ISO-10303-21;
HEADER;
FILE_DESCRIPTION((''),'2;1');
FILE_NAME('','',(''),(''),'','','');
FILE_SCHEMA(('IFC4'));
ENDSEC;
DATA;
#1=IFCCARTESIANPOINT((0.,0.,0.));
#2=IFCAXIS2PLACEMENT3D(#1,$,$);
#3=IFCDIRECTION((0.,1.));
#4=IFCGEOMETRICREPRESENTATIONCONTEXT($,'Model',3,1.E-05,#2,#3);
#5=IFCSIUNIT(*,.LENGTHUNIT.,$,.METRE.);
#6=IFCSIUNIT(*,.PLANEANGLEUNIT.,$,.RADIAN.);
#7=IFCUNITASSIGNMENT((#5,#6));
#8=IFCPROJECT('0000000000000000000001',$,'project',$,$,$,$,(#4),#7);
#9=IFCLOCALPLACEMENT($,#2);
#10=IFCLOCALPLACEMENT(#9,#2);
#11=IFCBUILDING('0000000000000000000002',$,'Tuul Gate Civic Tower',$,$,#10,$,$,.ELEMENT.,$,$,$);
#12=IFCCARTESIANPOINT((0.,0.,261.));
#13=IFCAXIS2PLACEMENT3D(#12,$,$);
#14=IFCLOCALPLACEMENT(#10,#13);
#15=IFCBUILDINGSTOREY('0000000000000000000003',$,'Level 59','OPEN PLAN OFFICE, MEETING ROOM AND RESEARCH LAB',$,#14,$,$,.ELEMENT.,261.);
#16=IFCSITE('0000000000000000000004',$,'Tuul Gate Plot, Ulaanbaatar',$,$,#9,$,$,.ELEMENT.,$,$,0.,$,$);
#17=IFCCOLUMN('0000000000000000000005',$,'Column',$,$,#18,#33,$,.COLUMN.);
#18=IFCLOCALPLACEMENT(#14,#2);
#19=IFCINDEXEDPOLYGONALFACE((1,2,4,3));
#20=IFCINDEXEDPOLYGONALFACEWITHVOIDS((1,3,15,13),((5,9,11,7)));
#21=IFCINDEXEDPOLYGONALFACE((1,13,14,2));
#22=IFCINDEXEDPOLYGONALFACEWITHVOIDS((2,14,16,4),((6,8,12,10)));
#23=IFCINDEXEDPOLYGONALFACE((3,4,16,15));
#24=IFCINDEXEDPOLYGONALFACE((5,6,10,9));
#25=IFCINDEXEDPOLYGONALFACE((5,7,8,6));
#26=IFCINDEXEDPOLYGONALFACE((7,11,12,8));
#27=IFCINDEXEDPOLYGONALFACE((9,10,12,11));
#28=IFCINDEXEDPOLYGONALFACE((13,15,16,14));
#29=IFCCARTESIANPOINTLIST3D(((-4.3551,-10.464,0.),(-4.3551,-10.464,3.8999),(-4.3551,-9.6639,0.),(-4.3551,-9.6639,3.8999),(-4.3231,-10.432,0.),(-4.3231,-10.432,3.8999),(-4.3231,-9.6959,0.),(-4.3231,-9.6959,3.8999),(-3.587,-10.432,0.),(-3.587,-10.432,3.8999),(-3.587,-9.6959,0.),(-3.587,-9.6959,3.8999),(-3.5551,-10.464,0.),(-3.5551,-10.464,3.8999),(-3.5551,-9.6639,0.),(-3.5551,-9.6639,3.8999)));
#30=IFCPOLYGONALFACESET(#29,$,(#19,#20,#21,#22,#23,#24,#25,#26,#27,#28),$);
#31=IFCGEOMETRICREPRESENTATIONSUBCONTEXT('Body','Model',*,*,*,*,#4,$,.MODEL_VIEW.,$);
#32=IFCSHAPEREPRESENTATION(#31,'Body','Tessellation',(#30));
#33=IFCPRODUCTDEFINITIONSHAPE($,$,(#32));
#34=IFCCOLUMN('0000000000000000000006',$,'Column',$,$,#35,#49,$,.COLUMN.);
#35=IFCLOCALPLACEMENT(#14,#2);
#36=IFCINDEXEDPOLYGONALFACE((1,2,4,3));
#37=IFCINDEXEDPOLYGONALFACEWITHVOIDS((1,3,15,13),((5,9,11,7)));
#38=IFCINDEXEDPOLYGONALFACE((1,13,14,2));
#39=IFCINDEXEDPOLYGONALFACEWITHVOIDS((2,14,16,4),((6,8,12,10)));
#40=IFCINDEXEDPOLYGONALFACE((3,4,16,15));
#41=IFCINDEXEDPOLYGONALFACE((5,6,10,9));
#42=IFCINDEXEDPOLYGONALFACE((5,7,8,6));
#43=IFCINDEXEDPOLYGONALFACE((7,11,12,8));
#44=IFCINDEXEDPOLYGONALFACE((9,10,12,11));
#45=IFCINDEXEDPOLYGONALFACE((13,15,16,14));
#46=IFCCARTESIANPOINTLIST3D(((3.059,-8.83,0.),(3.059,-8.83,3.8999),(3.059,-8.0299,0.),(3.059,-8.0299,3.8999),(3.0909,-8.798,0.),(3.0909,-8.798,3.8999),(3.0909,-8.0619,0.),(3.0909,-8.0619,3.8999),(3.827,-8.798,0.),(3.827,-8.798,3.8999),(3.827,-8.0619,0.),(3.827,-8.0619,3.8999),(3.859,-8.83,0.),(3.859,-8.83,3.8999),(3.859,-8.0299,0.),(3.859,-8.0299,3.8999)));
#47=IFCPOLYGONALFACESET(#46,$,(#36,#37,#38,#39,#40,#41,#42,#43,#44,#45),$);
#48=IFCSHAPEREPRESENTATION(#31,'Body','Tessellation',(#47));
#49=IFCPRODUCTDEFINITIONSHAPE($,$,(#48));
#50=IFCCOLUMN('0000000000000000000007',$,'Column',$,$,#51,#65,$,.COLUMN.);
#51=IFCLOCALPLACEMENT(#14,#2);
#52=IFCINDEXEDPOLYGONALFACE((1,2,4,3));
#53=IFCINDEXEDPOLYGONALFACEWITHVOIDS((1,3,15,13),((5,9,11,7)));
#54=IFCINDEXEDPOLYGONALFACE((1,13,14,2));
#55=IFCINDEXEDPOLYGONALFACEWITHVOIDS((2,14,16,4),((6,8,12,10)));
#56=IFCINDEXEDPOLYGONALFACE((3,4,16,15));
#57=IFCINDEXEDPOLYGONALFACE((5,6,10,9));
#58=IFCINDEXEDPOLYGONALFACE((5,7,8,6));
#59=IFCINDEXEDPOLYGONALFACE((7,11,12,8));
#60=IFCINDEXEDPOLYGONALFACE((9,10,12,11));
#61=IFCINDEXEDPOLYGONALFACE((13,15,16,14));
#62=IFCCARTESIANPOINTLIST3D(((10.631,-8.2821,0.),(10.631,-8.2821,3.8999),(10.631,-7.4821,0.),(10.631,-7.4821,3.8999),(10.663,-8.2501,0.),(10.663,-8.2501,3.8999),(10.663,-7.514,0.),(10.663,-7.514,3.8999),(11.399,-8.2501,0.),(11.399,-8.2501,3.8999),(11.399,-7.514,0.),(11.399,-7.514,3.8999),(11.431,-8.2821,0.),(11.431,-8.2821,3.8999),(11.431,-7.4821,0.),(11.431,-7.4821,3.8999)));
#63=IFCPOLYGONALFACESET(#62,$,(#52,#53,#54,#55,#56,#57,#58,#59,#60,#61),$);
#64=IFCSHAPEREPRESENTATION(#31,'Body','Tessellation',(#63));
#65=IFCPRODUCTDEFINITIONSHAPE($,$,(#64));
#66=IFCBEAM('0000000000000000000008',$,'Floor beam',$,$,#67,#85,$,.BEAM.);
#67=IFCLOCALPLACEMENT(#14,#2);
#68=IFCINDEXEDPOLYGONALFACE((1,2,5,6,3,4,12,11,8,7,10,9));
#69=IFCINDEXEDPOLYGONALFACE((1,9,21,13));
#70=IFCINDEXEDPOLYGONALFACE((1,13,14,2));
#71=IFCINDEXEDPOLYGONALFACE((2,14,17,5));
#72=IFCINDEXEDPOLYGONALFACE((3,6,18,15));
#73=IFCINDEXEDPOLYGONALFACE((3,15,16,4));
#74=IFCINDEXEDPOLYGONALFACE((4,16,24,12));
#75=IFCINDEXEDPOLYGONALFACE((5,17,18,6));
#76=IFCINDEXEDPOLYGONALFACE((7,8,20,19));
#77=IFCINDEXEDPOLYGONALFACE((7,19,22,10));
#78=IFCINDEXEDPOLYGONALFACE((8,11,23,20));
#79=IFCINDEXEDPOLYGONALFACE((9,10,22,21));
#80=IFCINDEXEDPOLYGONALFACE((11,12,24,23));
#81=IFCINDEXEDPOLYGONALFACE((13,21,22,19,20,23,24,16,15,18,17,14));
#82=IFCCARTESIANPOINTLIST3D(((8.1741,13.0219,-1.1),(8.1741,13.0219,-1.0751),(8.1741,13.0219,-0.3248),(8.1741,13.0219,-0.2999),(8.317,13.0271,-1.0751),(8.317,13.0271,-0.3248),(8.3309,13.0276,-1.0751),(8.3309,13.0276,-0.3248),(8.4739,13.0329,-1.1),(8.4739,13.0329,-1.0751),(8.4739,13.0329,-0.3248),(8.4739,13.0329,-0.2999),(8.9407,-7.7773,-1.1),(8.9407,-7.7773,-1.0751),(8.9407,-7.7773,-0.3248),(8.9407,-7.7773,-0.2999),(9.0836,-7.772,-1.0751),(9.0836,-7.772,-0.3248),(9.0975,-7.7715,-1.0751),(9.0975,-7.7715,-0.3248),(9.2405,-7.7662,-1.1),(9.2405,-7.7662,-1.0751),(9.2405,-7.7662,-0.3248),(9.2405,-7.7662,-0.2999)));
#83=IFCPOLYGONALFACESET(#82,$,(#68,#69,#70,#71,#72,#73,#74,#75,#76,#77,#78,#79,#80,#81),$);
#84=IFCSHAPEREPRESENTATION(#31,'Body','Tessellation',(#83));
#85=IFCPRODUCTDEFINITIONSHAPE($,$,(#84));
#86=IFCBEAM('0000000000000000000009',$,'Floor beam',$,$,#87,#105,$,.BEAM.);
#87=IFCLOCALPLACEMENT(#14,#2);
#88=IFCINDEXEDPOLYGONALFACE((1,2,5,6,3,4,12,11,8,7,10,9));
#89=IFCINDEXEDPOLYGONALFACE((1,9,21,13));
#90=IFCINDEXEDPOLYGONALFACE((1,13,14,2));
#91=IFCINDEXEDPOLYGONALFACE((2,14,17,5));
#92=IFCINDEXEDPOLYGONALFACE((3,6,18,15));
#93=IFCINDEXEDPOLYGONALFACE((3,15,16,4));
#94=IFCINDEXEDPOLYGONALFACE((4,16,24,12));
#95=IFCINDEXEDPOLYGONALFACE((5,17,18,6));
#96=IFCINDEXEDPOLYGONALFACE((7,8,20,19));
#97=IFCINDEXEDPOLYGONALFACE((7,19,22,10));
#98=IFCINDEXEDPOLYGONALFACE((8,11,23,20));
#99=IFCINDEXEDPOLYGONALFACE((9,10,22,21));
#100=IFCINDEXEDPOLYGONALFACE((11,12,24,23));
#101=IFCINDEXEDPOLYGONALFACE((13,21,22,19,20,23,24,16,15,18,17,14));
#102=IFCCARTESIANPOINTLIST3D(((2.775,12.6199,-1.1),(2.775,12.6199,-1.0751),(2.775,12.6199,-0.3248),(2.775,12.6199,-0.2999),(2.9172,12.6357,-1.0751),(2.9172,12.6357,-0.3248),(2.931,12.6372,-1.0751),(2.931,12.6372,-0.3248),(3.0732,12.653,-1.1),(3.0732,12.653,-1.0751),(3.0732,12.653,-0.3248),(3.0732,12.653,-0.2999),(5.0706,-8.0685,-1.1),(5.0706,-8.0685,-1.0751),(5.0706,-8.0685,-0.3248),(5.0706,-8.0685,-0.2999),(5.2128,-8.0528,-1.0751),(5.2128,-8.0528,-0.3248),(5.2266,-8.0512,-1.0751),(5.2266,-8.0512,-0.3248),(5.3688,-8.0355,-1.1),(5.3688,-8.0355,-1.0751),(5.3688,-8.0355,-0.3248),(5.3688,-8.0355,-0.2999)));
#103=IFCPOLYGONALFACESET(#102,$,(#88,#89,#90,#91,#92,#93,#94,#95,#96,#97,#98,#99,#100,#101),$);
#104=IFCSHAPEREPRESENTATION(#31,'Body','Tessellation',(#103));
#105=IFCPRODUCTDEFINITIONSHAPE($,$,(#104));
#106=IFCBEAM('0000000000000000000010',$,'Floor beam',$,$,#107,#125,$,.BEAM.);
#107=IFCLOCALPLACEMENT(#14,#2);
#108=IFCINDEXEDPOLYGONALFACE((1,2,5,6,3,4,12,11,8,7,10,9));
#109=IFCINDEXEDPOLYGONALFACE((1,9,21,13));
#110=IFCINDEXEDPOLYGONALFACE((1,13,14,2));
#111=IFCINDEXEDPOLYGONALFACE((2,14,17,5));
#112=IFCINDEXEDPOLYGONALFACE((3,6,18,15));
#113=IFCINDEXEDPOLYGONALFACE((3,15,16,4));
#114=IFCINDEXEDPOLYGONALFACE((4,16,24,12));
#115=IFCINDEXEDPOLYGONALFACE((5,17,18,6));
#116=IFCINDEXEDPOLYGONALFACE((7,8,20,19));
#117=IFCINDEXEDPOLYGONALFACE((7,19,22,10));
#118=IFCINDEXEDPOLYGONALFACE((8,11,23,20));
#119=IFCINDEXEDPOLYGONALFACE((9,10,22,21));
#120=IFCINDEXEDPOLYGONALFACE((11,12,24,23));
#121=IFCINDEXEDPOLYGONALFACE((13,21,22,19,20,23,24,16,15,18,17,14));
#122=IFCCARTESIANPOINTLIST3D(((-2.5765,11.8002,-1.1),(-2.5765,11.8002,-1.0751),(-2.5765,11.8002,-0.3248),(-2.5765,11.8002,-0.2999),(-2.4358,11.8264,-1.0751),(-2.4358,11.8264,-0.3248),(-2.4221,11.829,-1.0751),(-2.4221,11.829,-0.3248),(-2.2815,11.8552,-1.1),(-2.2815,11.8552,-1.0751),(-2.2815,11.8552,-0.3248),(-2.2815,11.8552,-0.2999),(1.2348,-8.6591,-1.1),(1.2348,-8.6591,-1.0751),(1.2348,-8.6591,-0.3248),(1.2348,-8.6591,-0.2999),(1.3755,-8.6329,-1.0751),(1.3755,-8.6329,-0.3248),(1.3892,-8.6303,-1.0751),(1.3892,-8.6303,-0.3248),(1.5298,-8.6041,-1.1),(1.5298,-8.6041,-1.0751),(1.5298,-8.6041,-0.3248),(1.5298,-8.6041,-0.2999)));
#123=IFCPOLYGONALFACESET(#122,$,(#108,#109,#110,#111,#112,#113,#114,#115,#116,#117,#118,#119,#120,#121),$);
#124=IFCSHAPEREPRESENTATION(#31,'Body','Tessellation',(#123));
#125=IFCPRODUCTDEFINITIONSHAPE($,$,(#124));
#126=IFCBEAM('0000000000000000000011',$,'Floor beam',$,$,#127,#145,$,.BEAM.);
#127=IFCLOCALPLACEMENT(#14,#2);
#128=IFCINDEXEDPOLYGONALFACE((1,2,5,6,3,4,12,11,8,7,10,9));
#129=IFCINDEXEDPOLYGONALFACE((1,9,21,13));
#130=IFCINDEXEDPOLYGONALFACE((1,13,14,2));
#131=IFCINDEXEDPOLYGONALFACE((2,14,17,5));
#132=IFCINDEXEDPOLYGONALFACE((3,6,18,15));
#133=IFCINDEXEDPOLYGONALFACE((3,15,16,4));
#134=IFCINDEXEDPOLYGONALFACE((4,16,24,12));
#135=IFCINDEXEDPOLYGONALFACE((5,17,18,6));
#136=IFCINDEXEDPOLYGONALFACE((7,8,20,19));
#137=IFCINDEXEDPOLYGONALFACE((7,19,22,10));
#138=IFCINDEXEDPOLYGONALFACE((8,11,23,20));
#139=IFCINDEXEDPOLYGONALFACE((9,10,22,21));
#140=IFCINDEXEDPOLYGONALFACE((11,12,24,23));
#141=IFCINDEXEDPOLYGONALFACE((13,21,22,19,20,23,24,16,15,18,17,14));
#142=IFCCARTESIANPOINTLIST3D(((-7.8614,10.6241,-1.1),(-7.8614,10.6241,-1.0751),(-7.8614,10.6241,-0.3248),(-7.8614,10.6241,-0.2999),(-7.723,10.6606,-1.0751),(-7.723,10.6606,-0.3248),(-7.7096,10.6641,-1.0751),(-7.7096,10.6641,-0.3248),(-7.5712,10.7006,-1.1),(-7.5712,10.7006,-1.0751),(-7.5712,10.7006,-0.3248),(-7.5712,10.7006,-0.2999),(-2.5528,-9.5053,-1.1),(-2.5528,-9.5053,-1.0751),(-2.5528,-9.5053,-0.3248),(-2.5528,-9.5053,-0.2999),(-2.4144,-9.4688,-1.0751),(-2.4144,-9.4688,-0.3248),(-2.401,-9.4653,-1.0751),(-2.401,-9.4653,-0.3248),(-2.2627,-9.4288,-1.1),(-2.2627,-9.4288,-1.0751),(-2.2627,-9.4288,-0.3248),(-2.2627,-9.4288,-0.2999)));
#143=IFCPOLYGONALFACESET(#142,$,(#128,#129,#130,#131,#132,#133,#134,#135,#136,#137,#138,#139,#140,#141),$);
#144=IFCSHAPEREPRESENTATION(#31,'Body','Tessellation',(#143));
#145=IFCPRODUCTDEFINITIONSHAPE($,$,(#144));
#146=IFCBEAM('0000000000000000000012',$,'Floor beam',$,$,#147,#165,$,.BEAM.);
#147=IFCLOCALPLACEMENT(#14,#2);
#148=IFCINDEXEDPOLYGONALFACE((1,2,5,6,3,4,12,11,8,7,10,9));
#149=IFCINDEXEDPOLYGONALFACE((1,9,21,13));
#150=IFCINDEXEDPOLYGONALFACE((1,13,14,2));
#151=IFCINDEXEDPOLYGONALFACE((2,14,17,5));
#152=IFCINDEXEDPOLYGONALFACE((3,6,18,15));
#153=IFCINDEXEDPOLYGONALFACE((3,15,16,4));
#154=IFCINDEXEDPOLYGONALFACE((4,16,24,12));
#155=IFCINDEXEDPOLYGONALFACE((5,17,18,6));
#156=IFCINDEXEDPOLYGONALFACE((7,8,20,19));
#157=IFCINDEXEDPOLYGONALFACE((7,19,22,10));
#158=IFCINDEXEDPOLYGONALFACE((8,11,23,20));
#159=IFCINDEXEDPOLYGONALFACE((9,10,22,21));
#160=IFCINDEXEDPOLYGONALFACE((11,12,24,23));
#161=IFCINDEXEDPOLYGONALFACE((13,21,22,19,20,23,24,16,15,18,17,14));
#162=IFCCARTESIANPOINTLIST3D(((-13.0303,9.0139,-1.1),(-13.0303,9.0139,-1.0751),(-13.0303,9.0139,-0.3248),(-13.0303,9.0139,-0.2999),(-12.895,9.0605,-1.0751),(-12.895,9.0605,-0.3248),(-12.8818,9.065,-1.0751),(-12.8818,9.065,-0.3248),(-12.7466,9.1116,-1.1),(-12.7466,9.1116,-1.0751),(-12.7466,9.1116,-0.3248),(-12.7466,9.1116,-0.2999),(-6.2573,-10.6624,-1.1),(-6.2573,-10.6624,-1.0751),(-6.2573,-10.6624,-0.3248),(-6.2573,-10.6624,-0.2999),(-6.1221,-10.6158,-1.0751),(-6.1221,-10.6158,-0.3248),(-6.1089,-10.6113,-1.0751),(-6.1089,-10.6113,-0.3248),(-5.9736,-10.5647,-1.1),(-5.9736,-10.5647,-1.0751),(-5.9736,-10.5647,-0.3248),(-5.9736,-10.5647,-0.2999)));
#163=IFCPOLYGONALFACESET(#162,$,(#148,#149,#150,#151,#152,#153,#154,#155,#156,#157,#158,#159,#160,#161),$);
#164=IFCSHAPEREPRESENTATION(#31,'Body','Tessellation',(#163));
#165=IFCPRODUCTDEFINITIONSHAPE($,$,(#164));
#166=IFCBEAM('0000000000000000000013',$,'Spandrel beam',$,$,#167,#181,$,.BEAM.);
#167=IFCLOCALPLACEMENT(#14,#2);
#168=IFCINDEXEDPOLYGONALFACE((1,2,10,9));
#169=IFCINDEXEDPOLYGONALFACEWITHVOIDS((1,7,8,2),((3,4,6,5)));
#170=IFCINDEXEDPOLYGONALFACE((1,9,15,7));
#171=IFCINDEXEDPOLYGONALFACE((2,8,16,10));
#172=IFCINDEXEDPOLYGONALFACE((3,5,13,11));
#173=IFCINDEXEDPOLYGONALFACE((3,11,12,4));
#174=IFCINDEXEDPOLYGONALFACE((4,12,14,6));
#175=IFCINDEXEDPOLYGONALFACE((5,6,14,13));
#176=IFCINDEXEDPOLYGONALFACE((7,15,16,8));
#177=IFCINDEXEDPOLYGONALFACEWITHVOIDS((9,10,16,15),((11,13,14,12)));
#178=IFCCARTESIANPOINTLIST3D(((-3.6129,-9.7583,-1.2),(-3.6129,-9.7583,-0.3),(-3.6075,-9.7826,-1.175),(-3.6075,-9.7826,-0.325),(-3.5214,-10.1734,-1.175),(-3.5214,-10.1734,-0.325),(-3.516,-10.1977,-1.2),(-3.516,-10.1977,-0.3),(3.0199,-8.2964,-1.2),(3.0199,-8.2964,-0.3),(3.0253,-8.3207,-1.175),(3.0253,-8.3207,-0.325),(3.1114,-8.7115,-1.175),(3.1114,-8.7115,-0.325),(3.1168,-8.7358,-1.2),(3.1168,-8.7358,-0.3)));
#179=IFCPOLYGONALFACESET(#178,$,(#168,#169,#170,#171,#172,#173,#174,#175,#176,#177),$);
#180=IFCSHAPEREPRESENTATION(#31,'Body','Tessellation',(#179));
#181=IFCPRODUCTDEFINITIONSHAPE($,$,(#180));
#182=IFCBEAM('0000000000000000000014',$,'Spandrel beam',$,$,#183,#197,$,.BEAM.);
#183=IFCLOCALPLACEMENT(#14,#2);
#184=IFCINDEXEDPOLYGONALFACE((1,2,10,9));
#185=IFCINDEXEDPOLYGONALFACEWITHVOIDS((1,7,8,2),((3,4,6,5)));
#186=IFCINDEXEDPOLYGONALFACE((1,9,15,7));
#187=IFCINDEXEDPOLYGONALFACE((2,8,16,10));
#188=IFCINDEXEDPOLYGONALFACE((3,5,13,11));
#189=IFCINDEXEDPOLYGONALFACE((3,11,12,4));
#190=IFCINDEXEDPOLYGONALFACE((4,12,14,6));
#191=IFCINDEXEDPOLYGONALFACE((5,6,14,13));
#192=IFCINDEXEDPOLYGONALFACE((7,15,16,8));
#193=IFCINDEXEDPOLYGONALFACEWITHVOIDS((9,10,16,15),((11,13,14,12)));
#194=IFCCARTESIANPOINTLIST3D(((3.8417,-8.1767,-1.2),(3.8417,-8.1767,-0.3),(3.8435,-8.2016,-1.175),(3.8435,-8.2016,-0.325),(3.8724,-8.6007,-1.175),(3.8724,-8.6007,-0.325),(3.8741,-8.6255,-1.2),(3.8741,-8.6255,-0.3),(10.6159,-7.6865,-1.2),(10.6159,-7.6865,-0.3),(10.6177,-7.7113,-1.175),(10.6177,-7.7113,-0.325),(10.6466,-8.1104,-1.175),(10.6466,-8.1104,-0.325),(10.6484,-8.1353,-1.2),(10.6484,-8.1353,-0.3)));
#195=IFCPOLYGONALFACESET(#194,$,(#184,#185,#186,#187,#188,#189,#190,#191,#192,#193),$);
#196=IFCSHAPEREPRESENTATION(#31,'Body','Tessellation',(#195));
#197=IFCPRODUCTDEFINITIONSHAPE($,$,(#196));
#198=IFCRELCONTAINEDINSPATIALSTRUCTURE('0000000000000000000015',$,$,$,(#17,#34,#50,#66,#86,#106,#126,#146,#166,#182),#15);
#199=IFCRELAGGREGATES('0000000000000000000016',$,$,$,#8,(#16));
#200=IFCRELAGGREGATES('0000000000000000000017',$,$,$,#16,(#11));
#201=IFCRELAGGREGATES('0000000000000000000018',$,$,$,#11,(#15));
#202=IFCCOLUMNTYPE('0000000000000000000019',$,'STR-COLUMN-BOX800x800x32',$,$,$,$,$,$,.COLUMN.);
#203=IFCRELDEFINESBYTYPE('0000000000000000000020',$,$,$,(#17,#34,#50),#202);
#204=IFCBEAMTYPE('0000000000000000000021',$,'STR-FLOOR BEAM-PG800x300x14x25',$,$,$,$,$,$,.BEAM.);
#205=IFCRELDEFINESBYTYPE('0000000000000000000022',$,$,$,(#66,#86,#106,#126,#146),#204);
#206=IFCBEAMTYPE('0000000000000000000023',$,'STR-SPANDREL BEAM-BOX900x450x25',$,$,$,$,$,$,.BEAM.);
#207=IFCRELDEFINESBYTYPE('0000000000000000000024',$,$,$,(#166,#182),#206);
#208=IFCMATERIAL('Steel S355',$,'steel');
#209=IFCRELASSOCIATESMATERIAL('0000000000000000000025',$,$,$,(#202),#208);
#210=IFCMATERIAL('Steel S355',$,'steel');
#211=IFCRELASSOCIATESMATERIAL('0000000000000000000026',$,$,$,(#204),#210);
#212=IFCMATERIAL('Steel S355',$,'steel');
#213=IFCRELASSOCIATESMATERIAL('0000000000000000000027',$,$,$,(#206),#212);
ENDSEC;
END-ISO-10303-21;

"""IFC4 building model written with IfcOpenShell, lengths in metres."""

from ifc_helpers import new_model, si_unit, direction, frame, origin, origin_2d, place, context, subcontext, project, spatial, hollow_rectangle, i_section, extrude, material, material_profile, profile_set, type_object, element, save


model = new_model("IFC4")

# Units and contexts
model_context = context("Model", 3, precision=1e-05, world=origin(), true_north=direction((0.0, 1.0)))
body_context = subcontext(model_context, "Body", "Model", "MODEL_VIEW")
ifc_project = project(units=[si_unit("LENGTHUNIT", "METRE"), si_unit("PLANEANGLEUNIT", "RADIAN")], contexts=[model_context])

# Site, building, storey
site_placement = place(None, origin())
site = spatial("IfcSite", under=ifc_project, at=site_placement, Name="Tuul Gate Plot, Ulaanbaatar", CompositionType="ELEMENT", RefElevation=0.0)
building_placement = place(site_placement, origin())
building = spatial("IfcBuilding", under=site, at=building_placement, Name="Tuul Gate Civic Tower", CompositionType="ELEMENT")
storey_placement = place(building_placement, frame((0.0, 0.0, 261.0)))
storey = spatial("IfcBuildingStorey", under=building, at=storey_placement, Name="Level 59", Description="OPEN PLAN OFFICE, MEETING ROOM AND RESEARCH LAB", CompositionType="ELEMENT", Elevation=261.0)

# Columns
ifc_material_1 = material(Name="Steel S355", Category="steel")
ifc_material_profile_1 = material_profile(ifc_material_1, hollow_rectangle(XDim=0.8, YDim=0.8, WallThickness=0.032, at=origin_2d()), Name="BOX800x800x32")
ifc_profile_set_1 = profile_set([ifc_material_profile_1], Name="Steel S355")
column_type = type_object("IfcColumnType", Name="STR-COLUMN-BOX800x800x32", PredefinedType="COLUMN", material=ifc_profile_set_1)
for number, where, z_axis, x_axis, name in (
    (1, (-3.9551, -10.064, 0.0), (0.0, 0.0, 1.0), (1.0, 0.0, 0.0), "Column"),
    (2, (3.459, -8.4299, 0.0), (0.0, 0.0, 1.0), (1.0, 0.0, 0.0), "Column"),
    (3, (11.031, -7.8821, 0.0), (0.0, 0.0, 1.0), (1.0, 0.0, 0.0), "Column"),
):
    element("IfcColumn", number, at=place(storey_placement, frame(where, z_axis=z_axis, x_axis=x_axis)), inside=storey, type_object=column_type, Name=name, PredefinedType="COLUMN", context=body_context, shape_type="SweptSolid", body=[
        extrude(hollow_rectangle(XDim=0.8, YDim=0.8, WallThickness=0.032, at=origin_2d()), origin(), (0.0, 0.0, 1.0), 3.8999),
    ])

# Beams
ifc_material_2 = material(Name="Steel S355", Category="steel")
ifc_material_profile_2 = material_profile(ifc_material_2, i_section(OverallWidth=0.3, OverallDepth=0.8, WebThickness=0.0139, FlangeThickness=0.0249, at=origin_2d()), Name="PG800x300x14x25")
ifc_profile_set_2 = profile_set([ifc_material_profile_2], Name="Steel S355")
beam_type_1 = type_object("IfcBeamType", Name="STR-FLOOR BEAM-PG800x300x14x25", PredefinedType="BEAM", material=ifc_profile_set_2)
beam_1_placement = place(storey_placement, frame((9.0906, -7.7717, -0.7), z_axis=(-0.036832, 0.999321, 0.0), x_axis=(-0.999321, -0.036832, 0.0)))
element("IfcBeam", 4, at=beam_1_placement, inside=storey, type_object=beam_type_1, Name="Floor beam", PredefinedType="BEAM", context=body_context, shape_type="SweptSolid", body=[
    extrude(i_section(OverallWidth=0.3, OverallDepth=0.8, WebThickness=0.0139, FlangeThickness=0.0249, at=origin_2d()), origin(), (0.0, 0.0, 1.0), 20.8132),
])
beam_2_placement = place(storey_placement, frame((5.2197, -8.052, -0.7), z_axis=(-0.110286, 0.9939, 0.0), x_axis=(-0.9939, -0.110286, 0.0)))
element("IfcBeam", 5, at=beam_2_placement, inside=storey, type_object=beam_type_1, Name="Floor beam", PredefinedType="BEAM", context=body_context, shape_type="SweptSolid", body=[
    extrude(i_section(OverallWidth=0.3, OverallDepth=0.8, WebThickness=0.0139, FlangeThickness=0.0249, at=origin_2d()), origin(), (0.0, 0.0, 1.0), 20.8154),
])
beam_3_placement = place(storey_placement, frame((1.3823, -8.6316, -0.7), z_axis=(-0.183136, 0.983088, 0.0), x_axis=(-0.983088, -0.183136, 0.0)))
element("IfcBeam", 6, at=beam_3_placement, inside=storey, type_object=beam_type_1, Name="Floor beam", PredefinedType="BEAM", context=body_context, shape_type="SweptSolid", body=[
    extrude(i_section(OverallWidth=0.3, OverallDepth=0.8, WebThickness=0.0139, FlangeThickness=0.0249, at=origin_2d()), origin(), (0.0, 0.0, 1.0), 20.8113),
])
beam_4_placement = place(storey_placement, frame((-2.4077, -9.467, -0.7), z_axis=(-0.255005, 0.96694, 0.0), x_axis=(-0.96694, -0.255005, 0.0)))
element("IfcBeam", 7, at=beam_4_placement, inside=storey, type_object=beam_type_1, Name="Floor beam", PredefinedType="BEAM", context=body_context, shape_type="SweptSolid", body=[
    extrude(i_section(OverallWidth=0.3, OverallDepth=0.8, WebThickness=0.0139, FlangeThickness=0.0249, at=origin_2d()), origin(), (0.0, 0.0, 1.0), 20.8176),
])
beam_5_placement = place(storey_placement, frame((-6.1155, -10.6135, -0.7), z_axis=(-0.325476, 0.94555, 0.0), x_axis=(-0.94555, -0.325476, 0.0)))
element("IfcBeam", 8, at=beam_5_placement, inside=storey, type_object=beam_type_1, Name="Floor beam", PredefinedType="BEAM", context=body_context, shape_type="SweptSolid", body=[
    extrude(i_section(OverallWidth=0.3, OverallDepth=0.8, WebThickness=0.0139, FlangeThickness=0.0249, at=origin_2d()), origin(), (0.0, 0.0, 1.0), 20.8093),
])
ifc_material_3 = material(Name="Steel S355", Category="steel")
ifc_material_profile_3 = material_profile(ifc_material_3, hollow_rectangle(XDim=0.45, YDim=0.8999, WallThickness=0.0249, at=origin_2d()), Name="BOX900x450x25")
ifc_profile_set_3 = profile_set([ifc_material_profile_3], Name="Steel S355")
beam_type_2 = type_object("IfcBeamType", Name="STR-SPANDREL BEAM-BOX900x450x25", PredefinedType="BEAM", material=ifc_profile_set_3)
for number, where, z_axis, x_axis, name in (
    (9, (-3.5645, -9.978, -0.75), (0.976561, 0.21524, 0.0), (-0.21524, 0.976561, 0.0), "Spandrel beam"),
    (10, (3.8579, -8.4011, -0.75), (0.997392, 0.072179, 0.0), (-0.072179, 0.997392, 0.0), "Spandrel beam"),
):
    element("IfcBeam", number, at=place(storey_placement, frame(where, z_axis=z_axis, x_axis=x_axis)), inside=storey, type_object=beam_type_2, Name=name, PredefinedType="BEAM", context=body_context, shape_type="SweptSolid", body=[
        extrude(hollow_rectangle(XDim=0.45, YDim=0.8999, WallThickness=0.0249, at=origin_2d()), origin(), (0.0, 0.0, 1.0), 6.792),
    ])

save(model, "model.ifc")
